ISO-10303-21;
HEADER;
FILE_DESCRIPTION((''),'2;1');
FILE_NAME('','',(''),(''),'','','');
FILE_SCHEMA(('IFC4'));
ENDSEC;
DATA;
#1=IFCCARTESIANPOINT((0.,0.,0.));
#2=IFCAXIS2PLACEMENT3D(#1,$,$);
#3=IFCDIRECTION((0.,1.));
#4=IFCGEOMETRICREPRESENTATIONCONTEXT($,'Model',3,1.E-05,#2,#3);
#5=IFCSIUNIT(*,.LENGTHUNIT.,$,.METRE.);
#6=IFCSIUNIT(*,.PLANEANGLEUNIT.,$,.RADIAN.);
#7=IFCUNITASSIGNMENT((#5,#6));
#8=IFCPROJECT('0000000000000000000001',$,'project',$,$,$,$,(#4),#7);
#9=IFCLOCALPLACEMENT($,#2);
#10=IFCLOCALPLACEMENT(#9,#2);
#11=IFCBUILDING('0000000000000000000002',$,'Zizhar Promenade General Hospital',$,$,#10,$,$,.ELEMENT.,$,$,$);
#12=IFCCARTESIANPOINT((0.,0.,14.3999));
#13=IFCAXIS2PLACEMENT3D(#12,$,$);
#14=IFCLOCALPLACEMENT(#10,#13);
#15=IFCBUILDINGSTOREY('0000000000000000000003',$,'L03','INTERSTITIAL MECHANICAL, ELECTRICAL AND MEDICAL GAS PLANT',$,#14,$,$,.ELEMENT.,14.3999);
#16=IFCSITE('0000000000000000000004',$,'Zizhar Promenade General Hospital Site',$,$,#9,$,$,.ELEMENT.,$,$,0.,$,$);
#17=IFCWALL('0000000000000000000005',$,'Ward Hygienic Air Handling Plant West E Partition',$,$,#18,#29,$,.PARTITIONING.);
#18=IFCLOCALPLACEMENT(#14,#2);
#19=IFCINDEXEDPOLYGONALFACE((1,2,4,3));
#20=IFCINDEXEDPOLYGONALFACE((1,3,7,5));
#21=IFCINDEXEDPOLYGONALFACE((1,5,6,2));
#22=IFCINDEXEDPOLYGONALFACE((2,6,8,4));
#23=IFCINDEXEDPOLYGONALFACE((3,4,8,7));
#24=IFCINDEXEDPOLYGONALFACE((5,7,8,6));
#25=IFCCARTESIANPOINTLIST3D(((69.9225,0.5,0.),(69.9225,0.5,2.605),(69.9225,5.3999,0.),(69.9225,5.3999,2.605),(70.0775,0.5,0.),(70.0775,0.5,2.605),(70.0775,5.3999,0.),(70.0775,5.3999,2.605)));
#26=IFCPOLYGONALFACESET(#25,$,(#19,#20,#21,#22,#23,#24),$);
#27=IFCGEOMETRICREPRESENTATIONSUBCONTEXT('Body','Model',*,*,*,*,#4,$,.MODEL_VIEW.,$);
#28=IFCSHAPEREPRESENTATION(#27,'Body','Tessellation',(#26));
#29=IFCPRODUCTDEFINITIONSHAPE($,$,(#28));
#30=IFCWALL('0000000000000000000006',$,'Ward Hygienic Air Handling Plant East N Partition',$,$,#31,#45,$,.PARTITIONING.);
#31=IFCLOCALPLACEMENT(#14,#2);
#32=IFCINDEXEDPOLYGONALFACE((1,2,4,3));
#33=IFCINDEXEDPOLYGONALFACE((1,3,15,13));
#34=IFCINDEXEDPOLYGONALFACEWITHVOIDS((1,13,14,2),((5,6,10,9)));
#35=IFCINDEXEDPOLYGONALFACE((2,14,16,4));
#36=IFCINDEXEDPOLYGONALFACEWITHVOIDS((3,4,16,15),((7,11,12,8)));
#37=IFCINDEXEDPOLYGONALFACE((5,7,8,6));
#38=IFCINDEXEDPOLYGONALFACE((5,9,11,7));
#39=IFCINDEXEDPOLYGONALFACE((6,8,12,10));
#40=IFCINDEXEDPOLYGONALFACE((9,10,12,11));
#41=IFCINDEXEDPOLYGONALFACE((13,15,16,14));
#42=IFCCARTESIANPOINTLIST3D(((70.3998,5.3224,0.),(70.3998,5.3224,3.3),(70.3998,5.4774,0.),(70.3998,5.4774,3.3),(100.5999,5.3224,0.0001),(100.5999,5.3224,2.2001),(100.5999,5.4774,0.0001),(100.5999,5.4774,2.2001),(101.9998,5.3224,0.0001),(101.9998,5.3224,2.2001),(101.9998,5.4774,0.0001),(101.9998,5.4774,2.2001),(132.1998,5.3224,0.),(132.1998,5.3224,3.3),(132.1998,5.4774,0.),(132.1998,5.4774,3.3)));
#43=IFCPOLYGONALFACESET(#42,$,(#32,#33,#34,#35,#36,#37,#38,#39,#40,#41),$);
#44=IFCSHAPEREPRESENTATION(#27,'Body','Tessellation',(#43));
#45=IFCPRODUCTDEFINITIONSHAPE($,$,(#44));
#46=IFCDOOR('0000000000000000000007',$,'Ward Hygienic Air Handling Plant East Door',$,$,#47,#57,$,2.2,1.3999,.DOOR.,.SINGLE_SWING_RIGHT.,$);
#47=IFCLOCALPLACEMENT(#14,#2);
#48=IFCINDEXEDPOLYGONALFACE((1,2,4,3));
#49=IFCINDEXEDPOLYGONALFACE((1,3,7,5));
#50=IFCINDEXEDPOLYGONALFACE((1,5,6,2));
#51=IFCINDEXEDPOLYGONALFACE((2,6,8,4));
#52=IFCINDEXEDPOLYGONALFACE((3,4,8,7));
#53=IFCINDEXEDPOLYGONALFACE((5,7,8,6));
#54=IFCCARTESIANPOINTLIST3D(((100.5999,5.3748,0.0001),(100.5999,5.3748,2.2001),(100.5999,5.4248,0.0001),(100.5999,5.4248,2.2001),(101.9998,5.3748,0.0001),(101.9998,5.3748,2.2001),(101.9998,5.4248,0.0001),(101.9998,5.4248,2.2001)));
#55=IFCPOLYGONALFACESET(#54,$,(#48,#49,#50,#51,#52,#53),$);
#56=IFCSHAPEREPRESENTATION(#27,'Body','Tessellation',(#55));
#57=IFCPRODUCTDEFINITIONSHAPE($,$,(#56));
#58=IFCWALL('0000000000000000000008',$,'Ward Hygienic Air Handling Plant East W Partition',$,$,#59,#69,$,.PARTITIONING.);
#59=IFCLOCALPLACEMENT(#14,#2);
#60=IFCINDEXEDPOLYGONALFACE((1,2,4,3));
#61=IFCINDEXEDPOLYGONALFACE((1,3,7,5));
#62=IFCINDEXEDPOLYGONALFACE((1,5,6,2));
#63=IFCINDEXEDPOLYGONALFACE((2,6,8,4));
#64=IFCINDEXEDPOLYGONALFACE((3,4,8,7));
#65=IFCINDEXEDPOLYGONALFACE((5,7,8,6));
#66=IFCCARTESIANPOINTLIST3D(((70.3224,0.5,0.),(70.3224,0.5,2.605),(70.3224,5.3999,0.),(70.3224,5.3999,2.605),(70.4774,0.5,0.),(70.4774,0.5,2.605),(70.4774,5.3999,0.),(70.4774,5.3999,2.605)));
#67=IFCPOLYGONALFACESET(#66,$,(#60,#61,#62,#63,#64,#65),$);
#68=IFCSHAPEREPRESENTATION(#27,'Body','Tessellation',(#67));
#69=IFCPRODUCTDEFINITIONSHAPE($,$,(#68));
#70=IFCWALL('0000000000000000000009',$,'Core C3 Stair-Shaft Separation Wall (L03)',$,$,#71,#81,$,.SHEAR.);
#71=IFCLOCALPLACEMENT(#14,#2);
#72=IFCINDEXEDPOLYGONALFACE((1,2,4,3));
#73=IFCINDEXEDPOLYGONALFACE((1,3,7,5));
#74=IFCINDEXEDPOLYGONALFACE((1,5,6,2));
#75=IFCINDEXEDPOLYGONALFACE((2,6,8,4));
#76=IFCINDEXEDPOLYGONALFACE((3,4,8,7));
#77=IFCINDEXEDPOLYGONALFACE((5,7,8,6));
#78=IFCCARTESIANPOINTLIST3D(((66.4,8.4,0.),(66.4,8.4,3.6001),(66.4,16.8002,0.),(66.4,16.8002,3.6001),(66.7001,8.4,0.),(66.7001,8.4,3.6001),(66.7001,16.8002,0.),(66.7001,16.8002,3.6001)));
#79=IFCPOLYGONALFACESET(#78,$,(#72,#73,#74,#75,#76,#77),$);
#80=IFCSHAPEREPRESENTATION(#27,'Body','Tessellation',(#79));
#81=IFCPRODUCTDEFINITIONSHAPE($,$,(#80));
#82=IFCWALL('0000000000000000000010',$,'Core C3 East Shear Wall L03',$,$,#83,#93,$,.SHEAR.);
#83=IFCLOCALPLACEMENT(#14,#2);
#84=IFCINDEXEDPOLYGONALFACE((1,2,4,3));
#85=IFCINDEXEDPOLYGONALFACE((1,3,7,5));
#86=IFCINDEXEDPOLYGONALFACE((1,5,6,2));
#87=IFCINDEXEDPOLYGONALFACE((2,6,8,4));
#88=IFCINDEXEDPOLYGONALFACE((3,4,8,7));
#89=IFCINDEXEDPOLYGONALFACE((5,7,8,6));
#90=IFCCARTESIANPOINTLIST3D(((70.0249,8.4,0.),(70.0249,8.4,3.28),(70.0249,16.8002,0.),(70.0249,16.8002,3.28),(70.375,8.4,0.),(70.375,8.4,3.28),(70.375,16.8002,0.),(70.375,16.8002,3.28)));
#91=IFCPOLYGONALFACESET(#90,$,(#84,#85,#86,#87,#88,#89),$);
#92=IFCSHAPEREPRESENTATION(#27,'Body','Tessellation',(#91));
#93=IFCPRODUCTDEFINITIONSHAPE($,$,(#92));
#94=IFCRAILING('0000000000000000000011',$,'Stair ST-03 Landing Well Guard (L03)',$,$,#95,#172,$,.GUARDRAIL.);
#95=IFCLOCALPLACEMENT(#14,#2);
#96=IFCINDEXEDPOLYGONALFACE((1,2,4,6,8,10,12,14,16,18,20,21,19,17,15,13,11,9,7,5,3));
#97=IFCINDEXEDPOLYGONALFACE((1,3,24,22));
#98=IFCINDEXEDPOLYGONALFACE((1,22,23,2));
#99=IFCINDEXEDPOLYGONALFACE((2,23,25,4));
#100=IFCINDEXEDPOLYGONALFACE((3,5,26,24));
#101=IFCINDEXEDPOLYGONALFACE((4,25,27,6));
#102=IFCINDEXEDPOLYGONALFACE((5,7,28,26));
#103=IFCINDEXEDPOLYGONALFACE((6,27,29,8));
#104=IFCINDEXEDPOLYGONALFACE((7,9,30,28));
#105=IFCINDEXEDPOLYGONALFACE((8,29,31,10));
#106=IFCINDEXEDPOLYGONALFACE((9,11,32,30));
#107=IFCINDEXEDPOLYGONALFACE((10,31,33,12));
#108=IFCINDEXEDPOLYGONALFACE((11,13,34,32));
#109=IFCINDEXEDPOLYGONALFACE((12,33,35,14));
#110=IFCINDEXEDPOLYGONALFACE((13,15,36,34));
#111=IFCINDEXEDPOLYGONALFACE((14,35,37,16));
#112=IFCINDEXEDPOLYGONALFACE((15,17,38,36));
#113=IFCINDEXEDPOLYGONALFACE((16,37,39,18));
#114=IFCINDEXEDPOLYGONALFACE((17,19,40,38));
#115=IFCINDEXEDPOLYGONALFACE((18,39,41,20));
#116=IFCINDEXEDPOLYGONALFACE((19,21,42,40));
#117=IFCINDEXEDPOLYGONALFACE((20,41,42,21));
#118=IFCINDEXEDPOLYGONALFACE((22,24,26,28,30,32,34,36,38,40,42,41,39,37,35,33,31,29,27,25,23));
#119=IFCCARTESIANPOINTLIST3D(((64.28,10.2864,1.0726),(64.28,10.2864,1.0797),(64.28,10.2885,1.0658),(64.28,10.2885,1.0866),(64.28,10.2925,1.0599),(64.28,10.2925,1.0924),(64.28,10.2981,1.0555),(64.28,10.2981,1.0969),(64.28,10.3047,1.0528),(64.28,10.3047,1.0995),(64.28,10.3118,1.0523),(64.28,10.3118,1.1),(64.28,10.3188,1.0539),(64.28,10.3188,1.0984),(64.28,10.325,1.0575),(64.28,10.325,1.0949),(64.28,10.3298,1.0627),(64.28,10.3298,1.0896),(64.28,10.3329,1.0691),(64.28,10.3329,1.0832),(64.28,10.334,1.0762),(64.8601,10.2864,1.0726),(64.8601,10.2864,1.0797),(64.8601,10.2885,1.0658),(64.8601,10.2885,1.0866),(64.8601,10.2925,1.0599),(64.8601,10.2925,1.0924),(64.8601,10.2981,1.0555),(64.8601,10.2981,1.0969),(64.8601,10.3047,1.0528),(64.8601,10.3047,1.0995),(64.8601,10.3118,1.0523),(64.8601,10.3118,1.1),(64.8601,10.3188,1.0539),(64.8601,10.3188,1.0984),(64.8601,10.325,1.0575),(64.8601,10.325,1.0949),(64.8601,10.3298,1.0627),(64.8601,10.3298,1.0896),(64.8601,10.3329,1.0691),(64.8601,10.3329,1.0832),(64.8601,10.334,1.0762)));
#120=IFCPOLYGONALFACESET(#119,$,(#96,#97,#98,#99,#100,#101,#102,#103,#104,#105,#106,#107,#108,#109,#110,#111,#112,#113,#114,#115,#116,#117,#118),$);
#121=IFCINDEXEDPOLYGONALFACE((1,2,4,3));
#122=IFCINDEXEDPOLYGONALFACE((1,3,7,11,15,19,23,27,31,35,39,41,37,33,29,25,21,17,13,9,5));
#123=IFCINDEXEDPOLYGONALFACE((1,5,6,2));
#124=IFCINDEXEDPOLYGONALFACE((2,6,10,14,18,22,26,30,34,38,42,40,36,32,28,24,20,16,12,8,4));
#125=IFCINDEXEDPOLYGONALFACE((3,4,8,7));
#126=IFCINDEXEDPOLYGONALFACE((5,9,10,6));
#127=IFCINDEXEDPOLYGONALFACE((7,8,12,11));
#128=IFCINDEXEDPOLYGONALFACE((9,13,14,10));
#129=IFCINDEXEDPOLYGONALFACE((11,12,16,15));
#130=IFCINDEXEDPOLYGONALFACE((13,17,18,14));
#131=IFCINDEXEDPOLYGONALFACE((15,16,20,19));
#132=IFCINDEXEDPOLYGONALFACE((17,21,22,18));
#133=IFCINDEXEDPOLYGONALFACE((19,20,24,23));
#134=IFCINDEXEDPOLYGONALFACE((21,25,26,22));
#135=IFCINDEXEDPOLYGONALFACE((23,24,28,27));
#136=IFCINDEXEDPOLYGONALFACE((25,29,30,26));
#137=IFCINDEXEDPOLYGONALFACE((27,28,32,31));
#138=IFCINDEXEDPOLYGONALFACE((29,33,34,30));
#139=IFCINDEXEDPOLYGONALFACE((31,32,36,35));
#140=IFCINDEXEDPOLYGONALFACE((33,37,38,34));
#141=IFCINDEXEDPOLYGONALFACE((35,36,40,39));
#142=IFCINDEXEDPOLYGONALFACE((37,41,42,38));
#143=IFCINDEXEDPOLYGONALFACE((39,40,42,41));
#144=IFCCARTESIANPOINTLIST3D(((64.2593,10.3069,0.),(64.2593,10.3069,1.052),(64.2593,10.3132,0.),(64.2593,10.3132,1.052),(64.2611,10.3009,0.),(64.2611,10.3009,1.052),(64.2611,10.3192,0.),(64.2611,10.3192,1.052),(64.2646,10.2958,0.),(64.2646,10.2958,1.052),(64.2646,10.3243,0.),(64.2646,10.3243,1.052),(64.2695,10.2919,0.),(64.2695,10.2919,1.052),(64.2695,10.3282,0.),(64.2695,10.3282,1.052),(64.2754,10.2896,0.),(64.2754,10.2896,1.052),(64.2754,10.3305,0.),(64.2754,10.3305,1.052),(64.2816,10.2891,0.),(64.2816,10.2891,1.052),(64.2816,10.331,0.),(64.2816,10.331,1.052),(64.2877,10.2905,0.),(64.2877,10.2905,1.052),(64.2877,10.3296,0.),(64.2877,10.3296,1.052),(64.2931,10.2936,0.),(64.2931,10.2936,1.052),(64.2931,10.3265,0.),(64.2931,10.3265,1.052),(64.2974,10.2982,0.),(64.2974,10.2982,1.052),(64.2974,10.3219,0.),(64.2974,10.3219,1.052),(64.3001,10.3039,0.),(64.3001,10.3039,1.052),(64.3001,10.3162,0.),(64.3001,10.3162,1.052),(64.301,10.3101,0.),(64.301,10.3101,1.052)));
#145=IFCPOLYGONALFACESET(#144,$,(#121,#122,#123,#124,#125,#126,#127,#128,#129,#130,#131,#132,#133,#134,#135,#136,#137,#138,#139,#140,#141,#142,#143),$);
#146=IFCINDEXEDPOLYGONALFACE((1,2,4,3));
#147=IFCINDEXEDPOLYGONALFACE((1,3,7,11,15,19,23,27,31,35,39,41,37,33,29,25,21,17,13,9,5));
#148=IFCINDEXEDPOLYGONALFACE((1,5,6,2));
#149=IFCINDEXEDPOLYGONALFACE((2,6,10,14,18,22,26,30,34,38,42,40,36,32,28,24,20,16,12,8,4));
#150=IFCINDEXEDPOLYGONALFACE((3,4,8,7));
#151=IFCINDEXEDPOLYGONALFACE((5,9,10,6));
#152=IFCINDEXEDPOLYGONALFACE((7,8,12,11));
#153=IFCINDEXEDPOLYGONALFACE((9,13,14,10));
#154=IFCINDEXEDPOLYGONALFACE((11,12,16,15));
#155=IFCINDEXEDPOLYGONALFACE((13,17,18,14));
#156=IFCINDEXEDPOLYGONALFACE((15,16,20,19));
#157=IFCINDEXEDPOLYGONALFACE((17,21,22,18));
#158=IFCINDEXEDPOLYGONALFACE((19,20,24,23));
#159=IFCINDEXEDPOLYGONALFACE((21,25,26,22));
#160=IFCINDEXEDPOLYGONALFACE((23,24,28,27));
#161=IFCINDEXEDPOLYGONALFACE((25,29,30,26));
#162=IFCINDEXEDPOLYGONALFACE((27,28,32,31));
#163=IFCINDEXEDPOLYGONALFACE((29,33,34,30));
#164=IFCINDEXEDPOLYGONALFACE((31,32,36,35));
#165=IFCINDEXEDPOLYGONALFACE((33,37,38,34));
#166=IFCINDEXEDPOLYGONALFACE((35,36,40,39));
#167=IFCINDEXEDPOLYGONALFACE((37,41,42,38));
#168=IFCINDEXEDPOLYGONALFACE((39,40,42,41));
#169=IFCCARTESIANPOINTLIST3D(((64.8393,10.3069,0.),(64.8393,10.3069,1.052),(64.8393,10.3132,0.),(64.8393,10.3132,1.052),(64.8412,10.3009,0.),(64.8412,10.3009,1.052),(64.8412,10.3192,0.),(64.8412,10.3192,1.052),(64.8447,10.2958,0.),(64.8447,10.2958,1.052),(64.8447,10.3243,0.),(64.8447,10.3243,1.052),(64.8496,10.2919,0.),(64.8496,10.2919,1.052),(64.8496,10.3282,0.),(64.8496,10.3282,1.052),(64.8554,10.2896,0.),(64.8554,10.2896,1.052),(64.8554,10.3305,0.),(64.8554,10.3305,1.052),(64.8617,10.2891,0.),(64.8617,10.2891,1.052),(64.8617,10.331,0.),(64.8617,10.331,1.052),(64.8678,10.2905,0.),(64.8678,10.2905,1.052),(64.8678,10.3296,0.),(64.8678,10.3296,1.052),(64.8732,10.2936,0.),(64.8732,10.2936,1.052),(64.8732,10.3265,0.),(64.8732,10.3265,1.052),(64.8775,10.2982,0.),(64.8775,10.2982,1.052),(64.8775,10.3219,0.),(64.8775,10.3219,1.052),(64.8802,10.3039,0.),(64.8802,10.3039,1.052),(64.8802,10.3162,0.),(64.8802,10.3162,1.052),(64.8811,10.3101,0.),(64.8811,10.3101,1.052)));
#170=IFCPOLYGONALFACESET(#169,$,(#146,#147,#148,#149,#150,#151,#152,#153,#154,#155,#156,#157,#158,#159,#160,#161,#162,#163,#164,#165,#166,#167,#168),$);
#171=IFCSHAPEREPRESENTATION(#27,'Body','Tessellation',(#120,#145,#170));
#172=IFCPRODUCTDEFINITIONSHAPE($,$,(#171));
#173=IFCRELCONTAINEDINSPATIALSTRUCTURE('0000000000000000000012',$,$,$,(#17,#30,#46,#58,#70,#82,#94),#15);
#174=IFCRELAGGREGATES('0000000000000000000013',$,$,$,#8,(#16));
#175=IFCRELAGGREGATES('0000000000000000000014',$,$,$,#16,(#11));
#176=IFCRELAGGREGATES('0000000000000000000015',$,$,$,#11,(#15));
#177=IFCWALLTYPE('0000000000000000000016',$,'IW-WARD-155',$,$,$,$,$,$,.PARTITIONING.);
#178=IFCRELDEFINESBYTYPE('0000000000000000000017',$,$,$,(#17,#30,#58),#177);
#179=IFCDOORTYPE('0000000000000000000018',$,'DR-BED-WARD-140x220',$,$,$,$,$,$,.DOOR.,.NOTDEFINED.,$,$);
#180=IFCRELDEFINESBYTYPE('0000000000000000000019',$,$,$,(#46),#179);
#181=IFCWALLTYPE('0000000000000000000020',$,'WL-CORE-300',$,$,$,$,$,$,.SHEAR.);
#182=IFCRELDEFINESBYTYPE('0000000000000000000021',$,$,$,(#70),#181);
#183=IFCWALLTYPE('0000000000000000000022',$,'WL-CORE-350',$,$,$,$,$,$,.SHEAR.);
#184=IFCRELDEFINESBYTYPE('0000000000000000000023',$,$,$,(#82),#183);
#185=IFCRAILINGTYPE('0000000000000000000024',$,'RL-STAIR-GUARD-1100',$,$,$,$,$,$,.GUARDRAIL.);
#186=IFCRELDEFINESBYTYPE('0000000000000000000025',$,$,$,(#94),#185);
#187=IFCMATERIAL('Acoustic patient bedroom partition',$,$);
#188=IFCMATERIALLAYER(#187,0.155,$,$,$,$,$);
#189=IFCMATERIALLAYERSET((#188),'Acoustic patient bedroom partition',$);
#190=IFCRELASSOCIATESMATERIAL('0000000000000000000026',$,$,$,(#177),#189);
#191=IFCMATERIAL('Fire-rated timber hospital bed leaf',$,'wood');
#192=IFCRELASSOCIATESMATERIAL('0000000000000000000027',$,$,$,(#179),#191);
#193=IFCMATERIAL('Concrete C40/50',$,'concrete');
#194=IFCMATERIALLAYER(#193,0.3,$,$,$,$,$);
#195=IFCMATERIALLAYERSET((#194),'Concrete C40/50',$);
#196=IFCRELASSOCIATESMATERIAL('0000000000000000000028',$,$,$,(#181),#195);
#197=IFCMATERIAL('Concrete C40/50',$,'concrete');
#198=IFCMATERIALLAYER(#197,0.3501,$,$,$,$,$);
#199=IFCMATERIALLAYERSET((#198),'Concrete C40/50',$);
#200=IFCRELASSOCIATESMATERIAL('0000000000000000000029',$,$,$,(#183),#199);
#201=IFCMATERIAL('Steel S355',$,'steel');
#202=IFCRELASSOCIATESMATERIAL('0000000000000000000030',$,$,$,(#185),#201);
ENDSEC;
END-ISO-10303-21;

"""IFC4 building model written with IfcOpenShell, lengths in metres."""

from ifc_helpers import new_model, si_unit, direction, frame, frame_2d, origin, origin_2d, place, context, subcontext, project, spatial, rectangle, circle, hollow_circle, extrude, material, layer, layer_set, material_profile, profile_set, type_object, element, fill, save


model = new_model("IFC4")

# Units and contexts
model_context = context("Model", 3, precision=1e-05, world=origin(), true_north=direction((0.0, 1.0)))
body_context = subcontext(model_context, "Body", "Model", "MODEL_VIEW")
ifc_project = project(units=[si_unit("LENGTHUNIT", "METRE"), si_unit("PLANEANGLEUNIT", "RADIAN")], contexts=[model_context])

# Site, building, storey
site_placement = place(None, origin())
site = spatial("IfcSite", under=ifc_project, at=site_placement, Name="Zizhar Promenade General Hospital Site", CompositionType="ELEMENT", RefElevation=0.0)
building_placement = place(site_placement, origin())
building = spatial("IfcBuilding", under=site, at=building_placement, Name="Zizhar Promenade General Hospital", CompositionType="ELEMENT")
storey_placement = place(building_placement, frame((0.0, 0.0, 14.3999)))
storey = spatial("IfcBuildingStorey", under=building, at=storey_placement, Name="L03", Description="INTERSTITIAL MECHANICAL, ELECTRICAL AND MEDICAL GAS PLANT", CompositionType="ELEMENT", Elevation=14.3999)

# Wall
ifc_material_1 = material(Name="Acoustic patient bedroom partition")
ifc_layer_1 = layer(ifc_material_1, 0.155)
ifc_layer_set_1 = layer_set([ifc_layer_1], Name="Acoustic patient bedroom partition")
wall_type_1 = type_object("IfcWallType", Name="IW-WARD-155", PredefinedType="PARTITIONING", material=ifc_layer_set_1)
wall_1_placement = place(storey_placement, frame((70.0, 0.5, 0.0), z_axis=(0.0, 0.0, 1.0), x_axis=(0.0, 1.0, 0.0)))
element("IfcWall", 1, at=wall_1_placement, inside=storey, type_object=wall_type_1, Name="Ward Hygienic Air Handling Plant West E Partition", PredefinedType="PARTITIONING", context=body_context, shape_type="SweptSolid", body=[
    extrude(rectangle(XDim=4.8999, YDim=0.155, at=frame_2d((2.45, 0.0))), origin(), (0.0, 0.0, 1.0), 2.605),
])

# Wall, opening, door
wall_2_placement = place(storey_placement, frame((70.3999, 5.3999, 0.0), z_axis=(0.0, 0.0, 1.0), x_axis=(1.0, 0.0, 0.0)))
wall_2 = element("IfcWall", 2, at=wall_2_placement, inside=storey, type_object=wall_type_1, Name="Ward Hygienic Air Handling Plant East N Partition", PredefinedType="PARTITIONING", context=body_context, shape_type="SweptSolid", body=[
    extrude(rectangle(XDim=61.8, YDim=0.155, at=frame_2d((30.8999, 0.0))), origin(), (0.0, 0.0, 1.0), 3.3),
])
opening_1_placement = place(wall_2_placement, frame((30.2, 0.0, 0.0)))
opening_1 = element("IfcOpeningElement", 3, at=opening_1_placement, cuts=wall_2, PredefinedType="OPENING", context=body_context, shape_type="SweptSolid", body=[
    extrude(rectangle(XDim=1.3999, YDim=2.2, at=frame_2d((0.7, 1.1001))), frame((0.0, 0.0874, 0.0), z_axis=(0.0, -1.0, 0.0), x_axis=(1.0, 0.0, 0.0)), (0.0, 0.0, 1.0), 0.175),
])
ifc_material_2 = material(Name="Fire-rated timber hospital bed leaf", Category="wood")
door_type_1 = type_object("IfcDoorType", Name="DR-BED-WARD-140x220", OperationType="NOTDEFINED", PredefinedType="DOOR", material=ifc_material_2)
door_1_placement = place(opening_1_placement, origin())
door_1 = element("IfcDoor", 4, at=door_1_placement, inside=storey, type_object=door_type_1, Name="Ward Hygienic Air Handling Plant East Door", OperationType="SINGLE_SWING_RIGHT", OverallHeight=2.2, OverallWidth=1.3999, PredefinedType="DOOR", context=body_context, shape_type="SweptSolid", body=[
    extrude(rectangle(XDim=1.3999, YDim=2.2, at=frame_2d((0.7, 1.1001))), frame((0.0, 0.0249, 0.0), z_axis=(0.0, -1.0, 0.0), x_axis=(1.0, 0.0, 0.0)), (0.0, 0.0, 1.0), 0.05),
])
fill(opening_1, door_1)

# Walls
wall_3_placement = place(storey_placement, frame((70.3999, 0.5, 0.0), z_axis=(0.0, 0.0, 1.0), x_axis=(0.0, 1.0, 0.0)))
element("IfcWall", 5, at=wall_3_placement, inside=storey, type_object=wall_type_1, Name="Ward Hygienic Air Handling Plant East W Partition", PredefinedType="PARTITIONING", context=body_context, shape_type="SweptSolid", body=[
    extrude(rectangle(XDim=4.8999, YDim=0.155, at=frame_2d((2.45, 0.0))), origin(), (0.0, 0.0, 1.0), 2.605),
])
ifc_material_3 = material(Name="Concrete C40/50", Category="concrete")
ifc_layer_2 = layer(ifc_material_3, 0.3)
ifc_layer_set_2 = layer_set([ifc_layer_2], Name="Concrete C40/50")
wall_type_2 = type_object("IfcWallType", Name="WL-CORE-300", PredefinedType="SHEAR", material=ifc_layer_set_2)
wall_4_placement = place(storey_placement, frame((66.55, 8.3999, 0.0), z_axis=(0.0, 0.0, 1.0), x_axis=(0.0, 1.0, 0.0)))
element("IfcWall", 6, at=wall_4_placement, inside=storey, type_object=wall_type_2, Name="Core C3 Stair-Shaft Separation Wall (L03)", PredefinedType="SHEAR", context=body_context, shape_type="SweptSolid", body=[
    extrude(rectangle(XDim=8.4001, YDim=0.3, at=frame_2d((4.2002, 0.0))), origin(), (0.0, 0.0, 1.0), 3.6001),
])
ifc_material_4 = material(Name="Concrete C40/50", Category="concrete")
ifc_layer_3 = layer(ifc_material_4, 0.3501)
ifc_layer_set_3 = layer_set([ifc_layer_3], Name="Concrete C40/50")
wall_type_3 = type_object("IfcWallType", Name="WL-CORE-350", PredefinedType="SHEAR", material=ifc_layer_set_3)
wall_5_placement = place(storey_placement, frame((70.2, 8.3999, 0.0), z_axis=(0.0, 0.0, 1.0), x_axis=(0.0, 1.0, 0.0)))
element("IfcWall", 7, at=wall_5_placement, inside=storey, type_object=wall_type_3, Name="Core C3 East Shear Wall L03", PredefinedType="SHEAR", context=body_context, shape_type="SweptSolid", body=[
    extrude(rectangle(XDim=8.4001, YDim=0.3501, at=frame_2d((4.2002, 0.0))), origin(), (0.0, 0.0, 1.0), 3.28),
])

# Railing
ifc_material_5 = material(Name="Steel S355", Category="steel")
ifc_material_profile_1 = material_profile(ifc_material_5, hollow_circle(Radius=0.0698, WallThickness=0.0063, at=origin_2d()))
ifc_profile_set_1 = profile_set([ifc_material_profile_1], Name="Steel S355")
railing_type = type_object("IfcRailingType", Name="RL-STAIR-GUARD-1100", PredefinedType="GUARDRAIL", material=ifc_profile_set_1)
railing_placement = place(storey_placement, frame((64.28, 10.3101, 0.0)))
element("IfcRailing", 8, at=railing_placement, inside=storey, type_object=railing_type, Name="Stair ST-03 Landing Well Guard (L03)", PredefinedType="GUARDRAIL", context=body_context, shape_type="SweptSolid", body=[
    extrude(circle(Radius=0.0239, at=origin_2d()), frame((0.0, 0.0, 1.0762), z_axis=(1.0, 0.0, 0.0), x_axis=(0.0, 1.0, 0.0)), (0.0, 0.0, 1.0), 0.5801),
    extrude(circle(Radius=0.021, at=origin_2d()), origin(), (0.0, 0.0, 1.0), 1.052),
    extrude(circle(Radius=0.021, at=origin_2d()), frame((0.5801, 0.0, 0.0)), (0.0, 0.0, 1.0), 1.052),
])

save(model, "model.ifc")
